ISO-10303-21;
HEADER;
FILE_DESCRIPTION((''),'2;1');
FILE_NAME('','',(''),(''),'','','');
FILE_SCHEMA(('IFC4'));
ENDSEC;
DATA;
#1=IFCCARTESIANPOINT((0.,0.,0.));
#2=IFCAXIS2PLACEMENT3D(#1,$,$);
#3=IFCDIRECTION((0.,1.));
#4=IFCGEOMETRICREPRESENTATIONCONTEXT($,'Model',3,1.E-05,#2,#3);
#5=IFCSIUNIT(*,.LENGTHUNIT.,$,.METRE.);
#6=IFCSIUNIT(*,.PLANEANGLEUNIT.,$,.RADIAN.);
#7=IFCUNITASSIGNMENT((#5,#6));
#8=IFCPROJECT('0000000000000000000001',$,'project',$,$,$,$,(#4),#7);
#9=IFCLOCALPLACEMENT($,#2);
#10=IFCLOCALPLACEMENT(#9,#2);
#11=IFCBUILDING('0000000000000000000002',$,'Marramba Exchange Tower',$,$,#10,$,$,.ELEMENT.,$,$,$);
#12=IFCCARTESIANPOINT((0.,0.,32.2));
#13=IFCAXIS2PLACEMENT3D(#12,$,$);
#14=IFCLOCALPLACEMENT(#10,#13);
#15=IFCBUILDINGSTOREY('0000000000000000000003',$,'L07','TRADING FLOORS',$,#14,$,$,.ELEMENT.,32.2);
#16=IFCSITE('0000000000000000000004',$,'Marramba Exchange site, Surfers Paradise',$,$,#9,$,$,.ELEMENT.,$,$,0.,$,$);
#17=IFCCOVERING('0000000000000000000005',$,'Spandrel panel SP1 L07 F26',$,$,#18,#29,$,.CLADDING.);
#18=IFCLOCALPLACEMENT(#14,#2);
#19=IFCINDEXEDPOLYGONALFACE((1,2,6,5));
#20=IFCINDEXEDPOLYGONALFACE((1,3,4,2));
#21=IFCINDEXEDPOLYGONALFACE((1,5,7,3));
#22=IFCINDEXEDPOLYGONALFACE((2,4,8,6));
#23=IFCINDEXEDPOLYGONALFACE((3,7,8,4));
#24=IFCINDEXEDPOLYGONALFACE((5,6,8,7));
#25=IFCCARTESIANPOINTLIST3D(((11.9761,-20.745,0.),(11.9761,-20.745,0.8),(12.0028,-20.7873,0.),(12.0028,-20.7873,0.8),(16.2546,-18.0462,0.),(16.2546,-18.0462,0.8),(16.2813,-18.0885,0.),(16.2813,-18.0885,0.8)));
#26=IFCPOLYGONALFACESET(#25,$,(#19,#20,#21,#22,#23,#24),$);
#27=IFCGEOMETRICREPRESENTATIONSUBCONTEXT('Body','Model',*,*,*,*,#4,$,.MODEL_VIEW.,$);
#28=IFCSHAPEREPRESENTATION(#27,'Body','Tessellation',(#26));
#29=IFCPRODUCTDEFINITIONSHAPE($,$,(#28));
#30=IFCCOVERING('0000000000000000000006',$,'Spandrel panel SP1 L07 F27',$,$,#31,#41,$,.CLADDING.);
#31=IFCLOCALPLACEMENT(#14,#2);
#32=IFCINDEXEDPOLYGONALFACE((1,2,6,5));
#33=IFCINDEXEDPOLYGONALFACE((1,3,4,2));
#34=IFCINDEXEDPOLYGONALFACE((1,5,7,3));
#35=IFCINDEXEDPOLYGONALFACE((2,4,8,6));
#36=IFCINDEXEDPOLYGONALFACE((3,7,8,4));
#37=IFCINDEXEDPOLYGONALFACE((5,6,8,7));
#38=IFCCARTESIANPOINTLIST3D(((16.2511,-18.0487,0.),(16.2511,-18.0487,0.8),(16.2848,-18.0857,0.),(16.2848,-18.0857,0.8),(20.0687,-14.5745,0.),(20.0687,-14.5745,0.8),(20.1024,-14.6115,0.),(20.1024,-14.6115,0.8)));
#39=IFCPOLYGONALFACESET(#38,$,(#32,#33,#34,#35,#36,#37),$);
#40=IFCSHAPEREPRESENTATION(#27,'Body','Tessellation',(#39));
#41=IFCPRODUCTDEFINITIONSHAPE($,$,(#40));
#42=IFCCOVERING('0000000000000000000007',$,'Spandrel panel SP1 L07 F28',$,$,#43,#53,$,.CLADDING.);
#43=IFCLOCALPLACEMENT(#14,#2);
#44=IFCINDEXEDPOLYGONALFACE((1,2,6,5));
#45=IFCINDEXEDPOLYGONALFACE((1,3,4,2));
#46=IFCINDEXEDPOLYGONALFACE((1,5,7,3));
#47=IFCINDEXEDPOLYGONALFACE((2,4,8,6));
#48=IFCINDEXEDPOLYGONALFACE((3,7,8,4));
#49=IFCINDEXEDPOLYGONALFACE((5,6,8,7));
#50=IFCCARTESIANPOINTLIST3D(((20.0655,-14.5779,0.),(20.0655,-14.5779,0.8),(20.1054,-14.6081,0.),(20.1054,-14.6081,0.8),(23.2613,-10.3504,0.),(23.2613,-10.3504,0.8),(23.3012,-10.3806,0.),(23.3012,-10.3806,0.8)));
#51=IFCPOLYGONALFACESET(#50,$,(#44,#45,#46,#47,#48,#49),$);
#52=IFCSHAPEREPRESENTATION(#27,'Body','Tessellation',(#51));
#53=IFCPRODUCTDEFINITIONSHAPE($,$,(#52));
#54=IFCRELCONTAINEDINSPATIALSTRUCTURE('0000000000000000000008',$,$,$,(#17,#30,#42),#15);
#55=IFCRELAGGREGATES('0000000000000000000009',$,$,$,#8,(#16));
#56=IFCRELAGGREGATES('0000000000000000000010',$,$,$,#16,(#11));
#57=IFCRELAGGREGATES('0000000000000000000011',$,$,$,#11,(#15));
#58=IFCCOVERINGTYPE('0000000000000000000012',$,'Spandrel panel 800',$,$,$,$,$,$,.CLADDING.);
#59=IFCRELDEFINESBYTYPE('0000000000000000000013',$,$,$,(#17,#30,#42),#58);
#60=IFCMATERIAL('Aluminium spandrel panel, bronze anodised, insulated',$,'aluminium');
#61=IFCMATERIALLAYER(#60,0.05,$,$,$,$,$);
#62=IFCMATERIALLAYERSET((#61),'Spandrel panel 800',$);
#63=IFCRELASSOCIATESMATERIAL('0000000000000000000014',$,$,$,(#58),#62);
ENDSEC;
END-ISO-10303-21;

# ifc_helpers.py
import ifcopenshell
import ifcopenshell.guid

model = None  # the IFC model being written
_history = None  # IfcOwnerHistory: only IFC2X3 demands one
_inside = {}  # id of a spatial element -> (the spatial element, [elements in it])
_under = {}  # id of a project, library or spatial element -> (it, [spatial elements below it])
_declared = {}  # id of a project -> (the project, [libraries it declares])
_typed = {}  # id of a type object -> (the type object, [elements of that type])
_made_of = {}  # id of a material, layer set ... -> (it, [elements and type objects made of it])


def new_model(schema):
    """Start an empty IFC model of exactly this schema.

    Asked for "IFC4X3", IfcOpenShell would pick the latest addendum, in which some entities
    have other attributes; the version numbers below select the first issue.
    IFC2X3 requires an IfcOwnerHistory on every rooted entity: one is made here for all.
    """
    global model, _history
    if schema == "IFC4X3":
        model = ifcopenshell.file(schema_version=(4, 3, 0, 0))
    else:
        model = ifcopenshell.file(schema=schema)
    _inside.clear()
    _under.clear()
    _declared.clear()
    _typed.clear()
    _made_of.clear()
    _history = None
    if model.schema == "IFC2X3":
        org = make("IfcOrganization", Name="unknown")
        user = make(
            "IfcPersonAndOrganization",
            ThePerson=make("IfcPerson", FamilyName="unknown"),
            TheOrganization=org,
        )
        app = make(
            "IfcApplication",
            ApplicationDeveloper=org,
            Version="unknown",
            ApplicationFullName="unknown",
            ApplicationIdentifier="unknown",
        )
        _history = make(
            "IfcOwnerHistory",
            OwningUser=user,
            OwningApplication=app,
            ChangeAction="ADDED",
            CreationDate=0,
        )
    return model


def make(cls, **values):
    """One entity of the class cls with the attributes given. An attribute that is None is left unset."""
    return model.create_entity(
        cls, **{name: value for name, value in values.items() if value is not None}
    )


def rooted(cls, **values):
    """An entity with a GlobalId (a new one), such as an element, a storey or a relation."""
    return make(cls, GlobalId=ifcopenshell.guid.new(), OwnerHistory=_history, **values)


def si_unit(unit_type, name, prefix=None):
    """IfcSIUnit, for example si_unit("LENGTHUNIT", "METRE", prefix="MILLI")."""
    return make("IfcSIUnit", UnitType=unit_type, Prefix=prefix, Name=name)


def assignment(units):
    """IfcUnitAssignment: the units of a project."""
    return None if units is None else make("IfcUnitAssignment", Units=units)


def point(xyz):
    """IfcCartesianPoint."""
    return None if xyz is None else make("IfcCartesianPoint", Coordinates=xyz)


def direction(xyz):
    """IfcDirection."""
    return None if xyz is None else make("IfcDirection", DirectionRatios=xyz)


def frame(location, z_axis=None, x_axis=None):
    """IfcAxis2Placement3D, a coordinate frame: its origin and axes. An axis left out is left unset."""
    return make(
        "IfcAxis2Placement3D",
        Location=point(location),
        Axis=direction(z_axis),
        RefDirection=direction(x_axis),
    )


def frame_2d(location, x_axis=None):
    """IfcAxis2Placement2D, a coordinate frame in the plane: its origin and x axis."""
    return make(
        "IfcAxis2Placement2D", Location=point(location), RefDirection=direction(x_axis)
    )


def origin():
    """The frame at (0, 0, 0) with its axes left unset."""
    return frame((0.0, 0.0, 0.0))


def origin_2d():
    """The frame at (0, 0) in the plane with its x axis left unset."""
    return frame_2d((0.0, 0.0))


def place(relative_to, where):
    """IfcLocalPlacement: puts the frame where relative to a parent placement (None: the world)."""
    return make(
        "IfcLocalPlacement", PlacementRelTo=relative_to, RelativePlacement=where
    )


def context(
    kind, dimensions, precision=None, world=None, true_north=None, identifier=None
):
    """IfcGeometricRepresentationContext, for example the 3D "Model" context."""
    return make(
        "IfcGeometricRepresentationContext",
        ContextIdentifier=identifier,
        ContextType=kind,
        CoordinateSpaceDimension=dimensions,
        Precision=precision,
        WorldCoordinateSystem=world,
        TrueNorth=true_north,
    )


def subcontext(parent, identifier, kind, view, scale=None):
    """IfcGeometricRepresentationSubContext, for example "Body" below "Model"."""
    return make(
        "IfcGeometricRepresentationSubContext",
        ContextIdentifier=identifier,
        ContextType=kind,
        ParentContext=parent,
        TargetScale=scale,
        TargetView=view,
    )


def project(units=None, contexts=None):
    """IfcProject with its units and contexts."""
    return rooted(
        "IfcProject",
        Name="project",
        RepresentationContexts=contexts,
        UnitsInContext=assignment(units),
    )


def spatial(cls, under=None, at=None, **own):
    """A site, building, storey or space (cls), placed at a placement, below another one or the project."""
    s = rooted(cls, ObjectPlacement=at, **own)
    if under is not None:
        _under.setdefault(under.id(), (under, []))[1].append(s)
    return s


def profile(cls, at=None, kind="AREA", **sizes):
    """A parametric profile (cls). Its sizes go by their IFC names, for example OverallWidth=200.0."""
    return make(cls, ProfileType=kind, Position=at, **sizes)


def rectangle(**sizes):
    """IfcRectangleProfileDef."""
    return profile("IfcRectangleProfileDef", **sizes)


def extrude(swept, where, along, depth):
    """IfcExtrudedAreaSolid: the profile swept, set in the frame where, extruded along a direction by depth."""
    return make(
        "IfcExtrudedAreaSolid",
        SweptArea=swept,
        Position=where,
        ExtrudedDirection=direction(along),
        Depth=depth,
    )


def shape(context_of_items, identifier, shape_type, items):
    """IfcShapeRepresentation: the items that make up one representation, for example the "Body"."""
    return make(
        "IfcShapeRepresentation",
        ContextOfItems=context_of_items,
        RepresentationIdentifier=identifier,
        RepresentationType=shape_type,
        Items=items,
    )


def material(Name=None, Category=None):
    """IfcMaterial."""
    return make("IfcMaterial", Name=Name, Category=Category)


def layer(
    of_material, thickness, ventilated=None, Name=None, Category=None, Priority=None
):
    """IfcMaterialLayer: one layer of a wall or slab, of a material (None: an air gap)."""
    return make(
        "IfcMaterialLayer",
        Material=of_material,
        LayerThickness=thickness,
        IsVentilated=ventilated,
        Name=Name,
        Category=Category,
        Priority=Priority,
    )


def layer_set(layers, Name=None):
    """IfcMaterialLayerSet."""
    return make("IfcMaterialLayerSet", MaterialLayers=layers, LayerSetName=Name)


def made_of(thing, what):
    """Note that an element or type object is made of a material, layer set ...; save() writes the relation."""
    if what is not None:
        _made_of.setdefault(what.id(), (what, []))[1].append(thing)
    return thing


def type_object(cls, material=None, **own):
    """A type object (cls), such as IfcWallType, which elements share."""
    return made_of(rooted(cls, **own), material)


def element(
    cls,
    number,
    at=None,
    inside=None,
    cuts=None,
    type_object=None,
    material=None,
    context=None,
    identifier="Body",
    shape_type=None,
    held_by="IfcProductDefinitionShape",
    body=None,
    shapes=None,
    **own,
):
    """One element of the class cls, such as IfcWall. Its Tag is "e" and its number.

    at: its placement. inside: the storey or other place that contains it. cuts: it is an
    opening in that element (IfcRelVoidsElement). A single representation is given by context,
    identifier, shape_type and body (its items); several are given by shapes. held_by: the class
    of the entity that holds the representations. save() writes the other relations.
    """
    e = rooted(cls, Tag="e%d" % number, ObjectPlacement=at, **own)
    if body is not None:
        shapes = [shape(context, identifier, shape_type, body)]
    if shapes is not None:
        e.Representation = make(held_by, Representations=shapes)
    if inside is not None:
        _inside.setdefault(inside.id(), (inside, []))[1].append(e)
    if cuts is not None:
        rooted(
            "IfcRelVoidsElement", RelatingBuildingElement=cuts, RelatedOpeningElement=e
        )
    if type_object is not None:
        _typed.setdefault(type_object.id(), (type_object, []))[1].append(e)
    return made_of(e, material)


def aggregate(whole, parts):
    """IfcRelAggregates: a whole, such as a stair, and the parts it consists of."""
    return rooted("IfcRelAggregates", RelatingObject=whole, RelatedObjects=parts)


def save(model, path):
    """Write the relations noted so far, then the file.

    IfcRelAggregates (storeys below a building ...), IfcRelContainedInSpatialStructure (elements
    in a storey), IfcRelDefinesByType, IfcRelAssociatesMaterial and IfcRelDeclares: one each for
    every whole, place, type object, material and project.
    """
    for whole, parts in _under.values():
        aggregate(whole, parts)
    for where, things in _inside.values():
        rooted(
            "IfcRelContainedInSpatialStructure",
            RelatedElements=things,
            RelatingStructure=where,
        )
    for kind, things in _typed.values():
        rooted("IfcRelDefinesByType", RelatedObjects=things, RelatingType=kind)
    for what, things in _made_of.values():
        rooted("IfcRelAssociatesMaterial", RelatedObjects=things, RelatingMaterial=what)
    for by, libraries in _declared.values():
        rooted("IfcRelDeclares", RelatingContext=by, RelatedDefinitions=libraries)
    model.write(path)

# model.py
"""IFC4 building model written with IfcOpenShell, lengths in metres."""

from ifc_helpers import new_model, si_unit, direction, frame, origin, origin_2d, place, context, subcontext, project, spatial, rectangle, extrude, material, layer, layer_set, type_object, element, save


model = new_model("IFC4")

# Units and contexts
model_context = context("Model", 3, precision=1e-05, world=origin(), true_north=direction((0.0, 1.0)))
body_context = subcontext(model_context, "Body", "Model", "MODEL_VIEW")
ifc_project = project(units=[si_unit("LENGTHUNIT", "METRE"), si_unit("PLANEANGLEUNIT", "RADIAN")], contexts=[model_context])

# Site, building, storey
site_placement = place(None, origin())
site = spatial("IfcSite", under=ifc_project, at=site_placement, Name="Marramba Exchange site, Surfers Paradise", CompositionType="ELEMENT", RefElevation=0.0)
building_placement = place(site_placement, origin())
building = spatial("IfcBuilding", under=site, at=building_placement, Name="Marramba Exchange Tower", CompositionType="ELEMENT")
storey_placement = place(building_placement, frame((0.0, 0.0, 32.2)))
storey = spatial("IfcBuildingStorey", under=building, at=storey_placement, Name="L07", Description="TRADING FLOORS", CompositionType="ELEMENT", Elevation=32.2)

# Coverings
ifc_material_1 = material(Name="Aluminium spandrel panel, bronze anodised, insulated", Category="aluminium")
ifc_layer_1 = layer(ifc_material_1, 0.05)
ifc_layer_set_1 = layer_set([ifc_layer_1], Name="Spandrel panel 800")
covering_type = type_object("IfcCoveringType", Name="Spandrel panel 800", PredefinedType="CLADDING", material=ifc_layer_set_1)
covering_1_placement = place(storey_placement, frame((14.1287, -19.4167, 0.0), z_axis=(0.0, 0.0, 1.0), x_axis=(0.845791, 0.533515, 0.0)))
element("IfcCovering", 1, at=covering_1_placement, inside=storey, type_object=covering_type, Name="Spandrel panel SP1 L07 F26", PredefinedType="CLADDING", context=body_context, shape_type="SweptSolid", body=[
    extrude(rectangle(XDim=5.0586, YDim=0.05, at=origin_2d()), origin(), (0.0, 0.0, 1.0), 0.8),
])
covering_2_placement = place(storey_placement, frame((18.1768, -16.3301, 0.0), z_axis=(0.0, 0.0, 1.0), x_axis=(0.73959, 0.673058, 0.0)))
element("IfcCovering", 2, at=covering_2_placement, inside=storey, type_object=covering_type, Name="Spandrel panel SP1 L07 F27", PredefinedType="CLADDING", context=body_context, shape_type="SweptSolid", body=[
    extrude(rectangle(XDim=5.1619, YDim=0.05, at=origin_2d()), origin(), (0.0, 0.0, 1.0), 0.8),
])
covering_3_placement = place(storey_placement, frame((21.6833, -12.4792, 0.0), z_axis=(0.0, 0.0, 1.0), x_axis=(0.60304, 0.797711, 0.0)))
element("IfcCovering", 3, at=covering_3_placement, inside=storey, type_object=covering_type, Name="Spandrel panel SP1 L07 F28", PredefinedType="CLADDING", context=body_context, shape_type="SweptSolid", body=[
    extrude(rectangle(XDim=5.2996, YDim=0.05, at=origin_2d()), origin(), (0.0, 0.0, 1.0), 0.8),
])

save(model, "model.ifc")
